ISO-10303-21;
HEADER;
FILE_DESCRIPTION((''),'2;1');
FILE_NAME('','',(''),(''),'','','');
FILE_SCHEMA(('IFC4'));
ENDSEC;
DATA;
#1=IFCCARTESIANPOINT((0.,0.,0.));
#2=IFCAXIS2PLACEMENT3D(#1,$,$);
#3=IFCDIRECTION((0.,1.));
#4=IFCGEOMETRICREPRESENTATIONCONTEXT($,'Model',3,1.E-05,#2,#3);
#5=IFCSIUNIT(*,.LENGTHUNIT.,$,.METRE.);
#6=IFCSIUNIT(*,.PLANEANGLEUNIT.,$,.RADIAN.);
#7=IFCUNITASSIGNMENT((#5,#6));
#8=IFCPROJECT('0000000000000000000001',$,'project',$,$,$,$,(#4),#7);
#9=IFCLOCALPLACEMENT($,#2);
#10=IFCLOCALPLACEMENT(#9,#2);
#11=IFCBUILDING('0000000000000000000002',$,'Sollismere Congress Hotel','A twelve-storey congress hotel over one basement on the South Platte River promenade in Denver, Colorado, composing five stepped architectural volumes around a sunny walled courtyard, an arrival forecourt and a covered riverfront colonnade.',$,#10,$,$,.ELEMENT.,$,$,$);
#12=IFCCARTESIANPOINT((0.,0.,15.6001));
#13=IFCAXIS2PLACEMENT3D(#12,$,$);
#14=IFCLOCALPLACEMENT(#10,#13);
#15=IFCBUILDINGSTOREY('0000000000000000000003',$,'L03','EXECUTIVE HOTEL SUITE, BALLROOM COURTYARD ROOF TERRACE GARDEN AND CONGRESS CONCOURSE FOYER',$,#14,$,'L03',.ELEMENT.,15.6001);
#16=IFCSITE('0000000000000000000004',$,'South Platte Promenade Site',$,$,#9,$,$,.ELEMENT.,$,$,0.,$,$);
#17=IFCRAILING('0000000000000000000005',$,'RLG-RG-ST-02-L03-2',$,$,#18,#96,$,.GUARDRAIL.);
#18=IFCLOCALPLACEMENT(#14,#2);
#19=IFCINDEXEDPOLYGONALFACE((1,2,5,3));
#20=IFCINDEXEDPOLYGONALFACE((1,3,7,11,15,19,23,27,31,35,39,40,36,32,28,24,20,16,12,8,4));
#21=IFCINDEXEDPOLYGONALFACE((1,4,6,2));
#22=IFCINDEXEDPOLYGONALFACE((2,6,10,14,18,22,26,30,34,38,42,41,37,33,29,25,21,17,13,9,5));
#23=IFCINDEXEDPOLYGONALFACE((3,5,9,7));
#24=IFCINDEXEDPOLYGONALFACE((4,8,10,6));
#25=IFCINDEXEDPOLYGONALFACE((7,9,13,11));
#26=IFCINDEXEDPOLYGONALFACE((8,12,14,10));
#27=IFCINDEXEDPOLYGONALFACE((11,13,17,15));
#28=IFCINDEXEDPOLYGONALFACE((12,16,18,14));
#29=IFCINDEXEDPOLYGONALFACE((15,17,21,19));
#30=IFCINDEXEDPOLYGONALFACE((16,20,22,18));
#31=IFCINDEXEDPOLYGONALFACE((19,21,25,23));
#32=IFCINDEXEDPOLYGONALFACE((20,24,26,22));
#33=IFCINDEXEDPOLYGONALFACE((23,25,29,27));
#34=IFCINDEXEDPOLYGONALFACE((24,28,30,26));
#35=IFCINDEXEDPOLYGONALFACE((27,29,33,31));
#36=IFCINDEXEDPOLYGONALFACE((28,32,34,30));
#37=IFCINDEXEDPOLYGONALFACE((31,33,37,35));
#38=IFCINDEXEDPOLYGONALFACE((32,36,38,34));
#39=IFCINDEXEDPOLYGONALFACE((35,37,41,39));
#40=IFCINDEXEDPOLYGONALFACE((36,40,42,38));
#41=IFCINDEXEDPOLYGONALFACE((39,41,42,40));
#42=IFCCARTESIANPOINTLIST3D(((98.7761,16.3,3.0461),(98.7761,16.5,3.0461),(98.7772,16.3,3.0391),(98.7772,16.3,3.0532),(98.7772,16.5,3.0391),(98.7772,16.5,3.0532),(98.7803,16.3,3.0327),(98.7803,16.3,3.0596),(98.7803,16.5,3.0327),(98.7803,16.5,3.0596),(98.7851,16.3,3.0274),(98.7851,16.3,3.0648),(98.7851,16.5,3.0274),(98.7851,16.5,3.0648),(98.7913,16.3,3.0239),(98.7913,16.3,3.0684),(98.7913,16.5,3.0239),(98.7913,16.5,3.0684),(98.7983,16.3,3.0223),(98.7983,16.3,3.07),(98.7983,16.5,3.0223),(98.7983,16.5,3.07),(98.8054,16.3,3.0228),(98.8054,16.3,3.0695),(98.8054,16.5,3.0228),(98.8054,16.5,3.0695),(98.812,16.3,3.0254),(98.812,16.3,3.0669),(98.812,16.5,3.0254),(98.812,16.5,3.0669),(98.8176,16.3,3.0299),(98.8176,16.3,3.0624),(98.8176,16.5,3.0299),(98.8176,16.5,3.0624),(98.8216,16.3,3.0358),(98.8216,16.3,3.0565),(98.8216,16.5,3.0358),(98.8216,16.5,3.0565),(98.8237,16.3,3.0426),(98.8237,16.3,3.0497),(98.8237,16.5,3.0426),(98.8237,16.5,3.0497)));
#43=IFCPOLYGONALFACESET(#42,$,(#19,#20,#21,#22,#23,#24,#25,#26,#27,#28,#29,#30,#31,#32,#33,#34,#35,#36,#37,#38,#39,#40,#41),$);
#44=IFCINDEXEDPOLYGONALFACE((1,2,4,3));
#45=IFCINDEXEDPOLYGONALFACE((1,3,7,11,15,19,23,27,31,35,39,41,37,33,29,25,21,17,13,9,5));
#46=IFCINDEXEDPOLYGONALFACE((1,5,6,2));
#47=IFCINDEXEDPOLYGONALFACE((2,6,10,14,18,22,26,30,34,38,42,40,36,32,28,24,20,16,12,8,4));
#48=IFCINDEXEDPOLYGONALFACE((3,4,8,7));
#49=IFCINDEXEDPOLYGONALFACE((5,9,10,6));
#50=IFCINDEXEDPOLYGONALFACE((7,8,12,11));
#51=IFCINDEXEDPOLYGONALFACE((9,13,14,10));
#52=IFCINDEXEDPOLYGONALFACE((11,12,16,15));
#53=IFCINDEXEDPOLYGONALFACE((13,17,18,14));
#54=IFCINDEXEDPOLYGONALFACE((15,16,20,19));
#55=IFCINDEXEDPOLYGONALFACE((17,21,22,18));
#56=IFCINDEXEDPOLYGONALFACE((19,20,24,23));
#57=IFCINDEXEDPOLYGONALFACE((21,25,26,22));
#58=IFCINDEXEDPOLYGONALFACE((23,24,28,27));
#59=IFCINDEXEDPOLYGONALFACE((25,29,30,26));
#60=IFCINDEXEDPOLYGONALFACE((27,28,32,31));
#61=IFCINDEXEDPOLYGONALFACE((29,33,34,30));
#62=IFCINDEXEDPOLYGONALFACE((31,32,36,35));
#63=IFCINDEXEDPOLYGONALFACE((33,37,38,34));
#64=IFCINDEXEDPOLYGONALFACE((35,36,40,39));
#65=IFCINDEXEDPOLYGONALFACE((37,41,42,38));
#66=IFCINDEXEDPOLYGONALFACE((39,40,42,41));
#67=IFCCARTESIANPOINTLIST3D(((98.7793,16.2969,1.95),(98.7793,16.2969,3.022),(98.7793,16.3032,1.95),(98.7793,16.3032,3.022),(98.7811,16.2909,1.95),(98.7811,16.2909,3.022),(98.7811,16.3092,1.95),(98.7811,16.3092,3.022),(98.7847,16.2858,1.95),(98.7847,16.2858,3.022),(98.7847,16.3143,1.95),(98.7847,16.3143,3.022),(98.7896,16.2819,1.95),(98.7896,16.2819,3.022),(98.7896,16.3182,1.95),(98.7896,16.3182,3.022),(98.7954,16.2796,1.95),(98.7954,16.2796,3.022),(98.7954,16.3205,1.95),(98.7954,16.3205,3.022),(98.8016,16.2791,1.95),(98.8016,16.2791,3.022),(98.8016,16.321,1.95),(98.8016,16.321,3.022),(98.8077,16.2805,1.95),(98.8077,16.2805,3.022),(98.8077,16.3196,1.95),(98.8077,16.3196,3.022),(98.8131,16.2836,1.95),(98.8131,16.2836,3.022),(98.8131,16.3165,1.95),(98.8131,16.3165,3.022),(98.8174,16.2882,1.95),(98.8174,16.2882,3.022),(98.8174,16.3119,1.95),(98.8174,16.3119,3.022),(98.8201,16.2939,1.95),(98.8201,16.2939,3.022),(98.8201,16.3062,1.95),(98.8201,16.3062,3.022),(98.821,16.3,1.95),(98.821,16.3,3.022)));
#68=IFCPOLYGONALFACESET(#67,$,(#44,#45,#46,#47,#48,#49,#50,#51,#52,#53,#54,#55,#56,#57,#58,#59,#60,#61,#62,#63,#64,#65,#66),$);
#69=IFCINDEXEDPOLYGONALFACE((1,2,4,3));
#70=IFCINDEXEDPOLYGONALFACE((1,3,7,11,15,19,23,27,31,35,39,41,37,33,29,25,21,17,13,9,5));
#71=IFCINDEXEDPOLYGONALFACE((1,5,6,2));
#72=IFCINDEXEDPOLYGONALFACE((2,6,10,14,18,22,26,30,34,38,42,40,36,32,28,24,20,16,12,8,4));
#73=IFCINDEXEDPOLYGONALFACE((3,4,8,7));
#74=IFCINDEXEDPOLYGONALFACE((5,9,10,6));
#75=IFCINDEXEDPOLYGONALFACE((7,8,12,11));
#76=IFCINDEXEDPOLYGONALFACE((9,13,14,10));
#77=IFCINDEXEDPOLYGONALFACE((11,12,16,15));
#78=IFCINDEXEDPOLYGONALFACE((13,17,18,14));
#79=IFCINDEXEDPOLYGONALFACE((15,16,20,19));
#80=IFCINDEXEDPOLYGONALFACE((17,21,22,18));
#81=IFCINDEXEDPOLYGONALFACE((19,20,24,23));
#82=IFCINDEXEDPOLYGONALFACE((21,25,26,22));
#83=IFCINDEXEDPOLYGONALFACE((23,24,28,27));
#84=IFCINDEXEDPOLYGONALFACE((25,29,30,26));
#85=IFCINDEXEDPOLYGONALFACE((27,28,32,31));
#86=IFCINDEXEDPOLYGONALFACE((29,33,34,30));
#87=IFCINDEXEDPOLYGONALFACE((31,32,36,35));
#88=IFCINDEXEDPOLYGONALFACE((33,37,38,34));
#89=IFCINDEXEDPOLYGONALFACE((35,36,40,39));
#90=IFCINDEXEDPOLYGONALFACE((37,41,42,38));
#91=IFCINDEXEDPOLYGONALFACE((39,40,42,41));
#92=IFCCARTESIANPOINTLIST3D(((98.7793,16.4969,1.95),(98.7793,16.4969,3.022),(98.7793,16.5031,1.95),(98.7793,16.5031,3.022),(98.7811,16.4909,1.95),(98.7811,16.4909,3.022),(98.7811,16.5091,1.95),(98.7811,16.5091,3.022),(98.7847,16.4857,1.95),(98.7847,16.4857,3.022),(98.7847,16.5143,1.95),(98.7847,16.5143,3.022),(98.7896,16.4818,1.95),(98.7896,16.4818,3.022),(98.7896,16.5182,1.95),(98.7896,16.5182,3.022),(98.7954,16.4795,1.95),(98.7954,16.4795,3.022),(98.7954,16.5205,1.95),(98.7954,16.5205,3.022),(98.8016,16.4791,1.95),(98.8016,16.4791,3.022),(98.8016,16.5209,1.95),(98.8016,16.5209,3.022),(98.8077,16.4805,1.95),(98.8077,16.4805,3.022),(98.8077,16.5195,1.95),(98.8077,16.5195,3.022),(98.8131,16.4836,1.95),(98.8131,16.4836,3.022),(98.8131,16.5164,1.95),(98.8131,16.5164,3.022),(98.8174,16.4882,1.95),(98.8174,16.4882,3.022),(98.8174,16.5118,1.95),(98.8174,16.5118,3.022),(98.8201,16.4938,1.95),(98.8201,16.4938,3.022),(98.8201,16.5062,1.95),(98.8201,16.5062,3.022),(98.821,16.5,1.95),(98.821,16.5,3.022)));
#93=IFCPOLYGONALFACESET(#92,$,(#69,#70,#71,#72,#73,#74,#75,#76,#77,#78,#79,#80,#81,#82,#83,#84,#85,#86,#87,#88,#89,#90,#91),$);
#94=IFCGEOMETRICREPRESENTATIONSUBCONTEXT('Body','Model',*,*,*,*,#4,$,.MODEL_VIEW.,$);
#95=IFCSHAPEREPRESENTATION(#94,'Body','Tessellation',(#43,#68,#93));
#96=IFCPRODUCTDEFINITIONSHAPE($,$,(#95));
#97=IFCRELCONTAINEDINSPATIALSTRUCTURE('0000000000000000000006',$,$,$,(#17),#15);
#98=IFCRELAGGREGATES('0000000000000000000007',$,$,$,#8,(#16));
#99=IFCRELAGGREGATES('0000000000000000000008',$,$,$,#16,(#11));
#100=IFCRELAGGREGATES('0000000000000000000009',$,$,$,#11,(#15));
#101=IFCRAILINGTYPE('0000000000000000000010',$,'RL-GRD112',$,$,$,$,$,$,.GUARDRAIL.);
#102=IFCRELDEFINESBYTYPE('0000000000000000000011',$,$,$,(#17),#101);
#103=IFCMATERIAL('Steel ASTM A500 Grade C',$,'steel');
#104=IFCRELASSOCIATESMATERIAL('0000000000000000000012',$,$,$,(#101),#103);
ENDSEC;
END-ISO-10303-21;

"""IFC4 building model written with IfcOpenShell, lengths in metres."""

from ifc_helpers import new_model, si_unit, direction, frame, origin, origin_2d, place, context, subcontext, project, spatial, circle, extrude, material, type_object, element, save


model = new_model("IFC4")

# Units and contexts
model_context = context("Model", 3, precision=1e-05, world=origin(), true_north=direction((0.0, 1.0)))
body_context = subcontext(model_context, "Body", "Model", "MODEL_VIEW")
ifc_project = project(units=[si_unit("LENGTHUNIT", "METRE"), si_unit("PLANEANGLEUNIT", "RADIAN")], contexts=[model_context])

# Site, building, storey
site_placement = place(None, origin())
site = spatial("IfcSite", under=ifc_project, at=site_placement, Name="South Platte Promenade Site", CompositionType="ELEMENT", RefElevation=0.0)
building_placement = place(site_placement, origin())
building = spatial("IfcBuilding", under=site, at=building_placement, Name="Sollismere Congress Hotel", Description="A twelve-storey congress hotel over one basement on the South Platte River promenade in Denver, Colorado, composing five stepped architectural volumes around a sunny walled courtyard, an arrival forecourt and a covered riverfront colonnade.", CompositionType="ELEMENT")
storey_placement = place(building_placement, frame((0.0, 0.0, 15.6001)))
storey = spatial("IfcBuildingStorey", under=building, at=storey_placement, Name="L03", Description="EXECUTIVE HOTEL SUITE, BALLROOM COURTYARD ROOF TERRACE GARDEN AND CONGRESS CONCOURSE FOYER", LongName="L03", CompositionType="ELEMENT", Elevation=15.6001)

# Railing
ifc_material_1 = material(Name="Steel ASTM A500 Grade C", Category="steel")
railing_type_1 = type_object("IfcRailingType", Name="RL-GRD112", PredefinedType="GUARDRAIL", material=ifc_material_1)
railing_1_placement = place(storey_placement, frame((98.8, 16.3, 1.95)))
element("IfcRailing", 1, at=railing_1_placement, inside=storey, type_object=railing_type_1, Name="RLG-RG-ST-02-L03-2", PredefinedType="GUARDRAIL", context=body_context, shape_type="SweptSolid", body=[
    extrude(circle(Radius=0.0239, at=origin_2d()), frame((0.0, 0.0, 1.0962), z_axis=(0.0, 1.0, 0.0), x_axis=(-1.0, 0.0, 0.0)), (0.0, 0.0, 1.0), 0.2),
    extrude(circle(Radius=0.021, at=origin_2d()), origin(), (0.0, 0.0, 1.0), 1.072),
    extrude(circle(Radius=0.021, at=origin_2d()), frame((0.0, 0.2, 0.0)), (0.0, 0.0, 1.0), 1.072),
])

save(model, "model.ifc")
